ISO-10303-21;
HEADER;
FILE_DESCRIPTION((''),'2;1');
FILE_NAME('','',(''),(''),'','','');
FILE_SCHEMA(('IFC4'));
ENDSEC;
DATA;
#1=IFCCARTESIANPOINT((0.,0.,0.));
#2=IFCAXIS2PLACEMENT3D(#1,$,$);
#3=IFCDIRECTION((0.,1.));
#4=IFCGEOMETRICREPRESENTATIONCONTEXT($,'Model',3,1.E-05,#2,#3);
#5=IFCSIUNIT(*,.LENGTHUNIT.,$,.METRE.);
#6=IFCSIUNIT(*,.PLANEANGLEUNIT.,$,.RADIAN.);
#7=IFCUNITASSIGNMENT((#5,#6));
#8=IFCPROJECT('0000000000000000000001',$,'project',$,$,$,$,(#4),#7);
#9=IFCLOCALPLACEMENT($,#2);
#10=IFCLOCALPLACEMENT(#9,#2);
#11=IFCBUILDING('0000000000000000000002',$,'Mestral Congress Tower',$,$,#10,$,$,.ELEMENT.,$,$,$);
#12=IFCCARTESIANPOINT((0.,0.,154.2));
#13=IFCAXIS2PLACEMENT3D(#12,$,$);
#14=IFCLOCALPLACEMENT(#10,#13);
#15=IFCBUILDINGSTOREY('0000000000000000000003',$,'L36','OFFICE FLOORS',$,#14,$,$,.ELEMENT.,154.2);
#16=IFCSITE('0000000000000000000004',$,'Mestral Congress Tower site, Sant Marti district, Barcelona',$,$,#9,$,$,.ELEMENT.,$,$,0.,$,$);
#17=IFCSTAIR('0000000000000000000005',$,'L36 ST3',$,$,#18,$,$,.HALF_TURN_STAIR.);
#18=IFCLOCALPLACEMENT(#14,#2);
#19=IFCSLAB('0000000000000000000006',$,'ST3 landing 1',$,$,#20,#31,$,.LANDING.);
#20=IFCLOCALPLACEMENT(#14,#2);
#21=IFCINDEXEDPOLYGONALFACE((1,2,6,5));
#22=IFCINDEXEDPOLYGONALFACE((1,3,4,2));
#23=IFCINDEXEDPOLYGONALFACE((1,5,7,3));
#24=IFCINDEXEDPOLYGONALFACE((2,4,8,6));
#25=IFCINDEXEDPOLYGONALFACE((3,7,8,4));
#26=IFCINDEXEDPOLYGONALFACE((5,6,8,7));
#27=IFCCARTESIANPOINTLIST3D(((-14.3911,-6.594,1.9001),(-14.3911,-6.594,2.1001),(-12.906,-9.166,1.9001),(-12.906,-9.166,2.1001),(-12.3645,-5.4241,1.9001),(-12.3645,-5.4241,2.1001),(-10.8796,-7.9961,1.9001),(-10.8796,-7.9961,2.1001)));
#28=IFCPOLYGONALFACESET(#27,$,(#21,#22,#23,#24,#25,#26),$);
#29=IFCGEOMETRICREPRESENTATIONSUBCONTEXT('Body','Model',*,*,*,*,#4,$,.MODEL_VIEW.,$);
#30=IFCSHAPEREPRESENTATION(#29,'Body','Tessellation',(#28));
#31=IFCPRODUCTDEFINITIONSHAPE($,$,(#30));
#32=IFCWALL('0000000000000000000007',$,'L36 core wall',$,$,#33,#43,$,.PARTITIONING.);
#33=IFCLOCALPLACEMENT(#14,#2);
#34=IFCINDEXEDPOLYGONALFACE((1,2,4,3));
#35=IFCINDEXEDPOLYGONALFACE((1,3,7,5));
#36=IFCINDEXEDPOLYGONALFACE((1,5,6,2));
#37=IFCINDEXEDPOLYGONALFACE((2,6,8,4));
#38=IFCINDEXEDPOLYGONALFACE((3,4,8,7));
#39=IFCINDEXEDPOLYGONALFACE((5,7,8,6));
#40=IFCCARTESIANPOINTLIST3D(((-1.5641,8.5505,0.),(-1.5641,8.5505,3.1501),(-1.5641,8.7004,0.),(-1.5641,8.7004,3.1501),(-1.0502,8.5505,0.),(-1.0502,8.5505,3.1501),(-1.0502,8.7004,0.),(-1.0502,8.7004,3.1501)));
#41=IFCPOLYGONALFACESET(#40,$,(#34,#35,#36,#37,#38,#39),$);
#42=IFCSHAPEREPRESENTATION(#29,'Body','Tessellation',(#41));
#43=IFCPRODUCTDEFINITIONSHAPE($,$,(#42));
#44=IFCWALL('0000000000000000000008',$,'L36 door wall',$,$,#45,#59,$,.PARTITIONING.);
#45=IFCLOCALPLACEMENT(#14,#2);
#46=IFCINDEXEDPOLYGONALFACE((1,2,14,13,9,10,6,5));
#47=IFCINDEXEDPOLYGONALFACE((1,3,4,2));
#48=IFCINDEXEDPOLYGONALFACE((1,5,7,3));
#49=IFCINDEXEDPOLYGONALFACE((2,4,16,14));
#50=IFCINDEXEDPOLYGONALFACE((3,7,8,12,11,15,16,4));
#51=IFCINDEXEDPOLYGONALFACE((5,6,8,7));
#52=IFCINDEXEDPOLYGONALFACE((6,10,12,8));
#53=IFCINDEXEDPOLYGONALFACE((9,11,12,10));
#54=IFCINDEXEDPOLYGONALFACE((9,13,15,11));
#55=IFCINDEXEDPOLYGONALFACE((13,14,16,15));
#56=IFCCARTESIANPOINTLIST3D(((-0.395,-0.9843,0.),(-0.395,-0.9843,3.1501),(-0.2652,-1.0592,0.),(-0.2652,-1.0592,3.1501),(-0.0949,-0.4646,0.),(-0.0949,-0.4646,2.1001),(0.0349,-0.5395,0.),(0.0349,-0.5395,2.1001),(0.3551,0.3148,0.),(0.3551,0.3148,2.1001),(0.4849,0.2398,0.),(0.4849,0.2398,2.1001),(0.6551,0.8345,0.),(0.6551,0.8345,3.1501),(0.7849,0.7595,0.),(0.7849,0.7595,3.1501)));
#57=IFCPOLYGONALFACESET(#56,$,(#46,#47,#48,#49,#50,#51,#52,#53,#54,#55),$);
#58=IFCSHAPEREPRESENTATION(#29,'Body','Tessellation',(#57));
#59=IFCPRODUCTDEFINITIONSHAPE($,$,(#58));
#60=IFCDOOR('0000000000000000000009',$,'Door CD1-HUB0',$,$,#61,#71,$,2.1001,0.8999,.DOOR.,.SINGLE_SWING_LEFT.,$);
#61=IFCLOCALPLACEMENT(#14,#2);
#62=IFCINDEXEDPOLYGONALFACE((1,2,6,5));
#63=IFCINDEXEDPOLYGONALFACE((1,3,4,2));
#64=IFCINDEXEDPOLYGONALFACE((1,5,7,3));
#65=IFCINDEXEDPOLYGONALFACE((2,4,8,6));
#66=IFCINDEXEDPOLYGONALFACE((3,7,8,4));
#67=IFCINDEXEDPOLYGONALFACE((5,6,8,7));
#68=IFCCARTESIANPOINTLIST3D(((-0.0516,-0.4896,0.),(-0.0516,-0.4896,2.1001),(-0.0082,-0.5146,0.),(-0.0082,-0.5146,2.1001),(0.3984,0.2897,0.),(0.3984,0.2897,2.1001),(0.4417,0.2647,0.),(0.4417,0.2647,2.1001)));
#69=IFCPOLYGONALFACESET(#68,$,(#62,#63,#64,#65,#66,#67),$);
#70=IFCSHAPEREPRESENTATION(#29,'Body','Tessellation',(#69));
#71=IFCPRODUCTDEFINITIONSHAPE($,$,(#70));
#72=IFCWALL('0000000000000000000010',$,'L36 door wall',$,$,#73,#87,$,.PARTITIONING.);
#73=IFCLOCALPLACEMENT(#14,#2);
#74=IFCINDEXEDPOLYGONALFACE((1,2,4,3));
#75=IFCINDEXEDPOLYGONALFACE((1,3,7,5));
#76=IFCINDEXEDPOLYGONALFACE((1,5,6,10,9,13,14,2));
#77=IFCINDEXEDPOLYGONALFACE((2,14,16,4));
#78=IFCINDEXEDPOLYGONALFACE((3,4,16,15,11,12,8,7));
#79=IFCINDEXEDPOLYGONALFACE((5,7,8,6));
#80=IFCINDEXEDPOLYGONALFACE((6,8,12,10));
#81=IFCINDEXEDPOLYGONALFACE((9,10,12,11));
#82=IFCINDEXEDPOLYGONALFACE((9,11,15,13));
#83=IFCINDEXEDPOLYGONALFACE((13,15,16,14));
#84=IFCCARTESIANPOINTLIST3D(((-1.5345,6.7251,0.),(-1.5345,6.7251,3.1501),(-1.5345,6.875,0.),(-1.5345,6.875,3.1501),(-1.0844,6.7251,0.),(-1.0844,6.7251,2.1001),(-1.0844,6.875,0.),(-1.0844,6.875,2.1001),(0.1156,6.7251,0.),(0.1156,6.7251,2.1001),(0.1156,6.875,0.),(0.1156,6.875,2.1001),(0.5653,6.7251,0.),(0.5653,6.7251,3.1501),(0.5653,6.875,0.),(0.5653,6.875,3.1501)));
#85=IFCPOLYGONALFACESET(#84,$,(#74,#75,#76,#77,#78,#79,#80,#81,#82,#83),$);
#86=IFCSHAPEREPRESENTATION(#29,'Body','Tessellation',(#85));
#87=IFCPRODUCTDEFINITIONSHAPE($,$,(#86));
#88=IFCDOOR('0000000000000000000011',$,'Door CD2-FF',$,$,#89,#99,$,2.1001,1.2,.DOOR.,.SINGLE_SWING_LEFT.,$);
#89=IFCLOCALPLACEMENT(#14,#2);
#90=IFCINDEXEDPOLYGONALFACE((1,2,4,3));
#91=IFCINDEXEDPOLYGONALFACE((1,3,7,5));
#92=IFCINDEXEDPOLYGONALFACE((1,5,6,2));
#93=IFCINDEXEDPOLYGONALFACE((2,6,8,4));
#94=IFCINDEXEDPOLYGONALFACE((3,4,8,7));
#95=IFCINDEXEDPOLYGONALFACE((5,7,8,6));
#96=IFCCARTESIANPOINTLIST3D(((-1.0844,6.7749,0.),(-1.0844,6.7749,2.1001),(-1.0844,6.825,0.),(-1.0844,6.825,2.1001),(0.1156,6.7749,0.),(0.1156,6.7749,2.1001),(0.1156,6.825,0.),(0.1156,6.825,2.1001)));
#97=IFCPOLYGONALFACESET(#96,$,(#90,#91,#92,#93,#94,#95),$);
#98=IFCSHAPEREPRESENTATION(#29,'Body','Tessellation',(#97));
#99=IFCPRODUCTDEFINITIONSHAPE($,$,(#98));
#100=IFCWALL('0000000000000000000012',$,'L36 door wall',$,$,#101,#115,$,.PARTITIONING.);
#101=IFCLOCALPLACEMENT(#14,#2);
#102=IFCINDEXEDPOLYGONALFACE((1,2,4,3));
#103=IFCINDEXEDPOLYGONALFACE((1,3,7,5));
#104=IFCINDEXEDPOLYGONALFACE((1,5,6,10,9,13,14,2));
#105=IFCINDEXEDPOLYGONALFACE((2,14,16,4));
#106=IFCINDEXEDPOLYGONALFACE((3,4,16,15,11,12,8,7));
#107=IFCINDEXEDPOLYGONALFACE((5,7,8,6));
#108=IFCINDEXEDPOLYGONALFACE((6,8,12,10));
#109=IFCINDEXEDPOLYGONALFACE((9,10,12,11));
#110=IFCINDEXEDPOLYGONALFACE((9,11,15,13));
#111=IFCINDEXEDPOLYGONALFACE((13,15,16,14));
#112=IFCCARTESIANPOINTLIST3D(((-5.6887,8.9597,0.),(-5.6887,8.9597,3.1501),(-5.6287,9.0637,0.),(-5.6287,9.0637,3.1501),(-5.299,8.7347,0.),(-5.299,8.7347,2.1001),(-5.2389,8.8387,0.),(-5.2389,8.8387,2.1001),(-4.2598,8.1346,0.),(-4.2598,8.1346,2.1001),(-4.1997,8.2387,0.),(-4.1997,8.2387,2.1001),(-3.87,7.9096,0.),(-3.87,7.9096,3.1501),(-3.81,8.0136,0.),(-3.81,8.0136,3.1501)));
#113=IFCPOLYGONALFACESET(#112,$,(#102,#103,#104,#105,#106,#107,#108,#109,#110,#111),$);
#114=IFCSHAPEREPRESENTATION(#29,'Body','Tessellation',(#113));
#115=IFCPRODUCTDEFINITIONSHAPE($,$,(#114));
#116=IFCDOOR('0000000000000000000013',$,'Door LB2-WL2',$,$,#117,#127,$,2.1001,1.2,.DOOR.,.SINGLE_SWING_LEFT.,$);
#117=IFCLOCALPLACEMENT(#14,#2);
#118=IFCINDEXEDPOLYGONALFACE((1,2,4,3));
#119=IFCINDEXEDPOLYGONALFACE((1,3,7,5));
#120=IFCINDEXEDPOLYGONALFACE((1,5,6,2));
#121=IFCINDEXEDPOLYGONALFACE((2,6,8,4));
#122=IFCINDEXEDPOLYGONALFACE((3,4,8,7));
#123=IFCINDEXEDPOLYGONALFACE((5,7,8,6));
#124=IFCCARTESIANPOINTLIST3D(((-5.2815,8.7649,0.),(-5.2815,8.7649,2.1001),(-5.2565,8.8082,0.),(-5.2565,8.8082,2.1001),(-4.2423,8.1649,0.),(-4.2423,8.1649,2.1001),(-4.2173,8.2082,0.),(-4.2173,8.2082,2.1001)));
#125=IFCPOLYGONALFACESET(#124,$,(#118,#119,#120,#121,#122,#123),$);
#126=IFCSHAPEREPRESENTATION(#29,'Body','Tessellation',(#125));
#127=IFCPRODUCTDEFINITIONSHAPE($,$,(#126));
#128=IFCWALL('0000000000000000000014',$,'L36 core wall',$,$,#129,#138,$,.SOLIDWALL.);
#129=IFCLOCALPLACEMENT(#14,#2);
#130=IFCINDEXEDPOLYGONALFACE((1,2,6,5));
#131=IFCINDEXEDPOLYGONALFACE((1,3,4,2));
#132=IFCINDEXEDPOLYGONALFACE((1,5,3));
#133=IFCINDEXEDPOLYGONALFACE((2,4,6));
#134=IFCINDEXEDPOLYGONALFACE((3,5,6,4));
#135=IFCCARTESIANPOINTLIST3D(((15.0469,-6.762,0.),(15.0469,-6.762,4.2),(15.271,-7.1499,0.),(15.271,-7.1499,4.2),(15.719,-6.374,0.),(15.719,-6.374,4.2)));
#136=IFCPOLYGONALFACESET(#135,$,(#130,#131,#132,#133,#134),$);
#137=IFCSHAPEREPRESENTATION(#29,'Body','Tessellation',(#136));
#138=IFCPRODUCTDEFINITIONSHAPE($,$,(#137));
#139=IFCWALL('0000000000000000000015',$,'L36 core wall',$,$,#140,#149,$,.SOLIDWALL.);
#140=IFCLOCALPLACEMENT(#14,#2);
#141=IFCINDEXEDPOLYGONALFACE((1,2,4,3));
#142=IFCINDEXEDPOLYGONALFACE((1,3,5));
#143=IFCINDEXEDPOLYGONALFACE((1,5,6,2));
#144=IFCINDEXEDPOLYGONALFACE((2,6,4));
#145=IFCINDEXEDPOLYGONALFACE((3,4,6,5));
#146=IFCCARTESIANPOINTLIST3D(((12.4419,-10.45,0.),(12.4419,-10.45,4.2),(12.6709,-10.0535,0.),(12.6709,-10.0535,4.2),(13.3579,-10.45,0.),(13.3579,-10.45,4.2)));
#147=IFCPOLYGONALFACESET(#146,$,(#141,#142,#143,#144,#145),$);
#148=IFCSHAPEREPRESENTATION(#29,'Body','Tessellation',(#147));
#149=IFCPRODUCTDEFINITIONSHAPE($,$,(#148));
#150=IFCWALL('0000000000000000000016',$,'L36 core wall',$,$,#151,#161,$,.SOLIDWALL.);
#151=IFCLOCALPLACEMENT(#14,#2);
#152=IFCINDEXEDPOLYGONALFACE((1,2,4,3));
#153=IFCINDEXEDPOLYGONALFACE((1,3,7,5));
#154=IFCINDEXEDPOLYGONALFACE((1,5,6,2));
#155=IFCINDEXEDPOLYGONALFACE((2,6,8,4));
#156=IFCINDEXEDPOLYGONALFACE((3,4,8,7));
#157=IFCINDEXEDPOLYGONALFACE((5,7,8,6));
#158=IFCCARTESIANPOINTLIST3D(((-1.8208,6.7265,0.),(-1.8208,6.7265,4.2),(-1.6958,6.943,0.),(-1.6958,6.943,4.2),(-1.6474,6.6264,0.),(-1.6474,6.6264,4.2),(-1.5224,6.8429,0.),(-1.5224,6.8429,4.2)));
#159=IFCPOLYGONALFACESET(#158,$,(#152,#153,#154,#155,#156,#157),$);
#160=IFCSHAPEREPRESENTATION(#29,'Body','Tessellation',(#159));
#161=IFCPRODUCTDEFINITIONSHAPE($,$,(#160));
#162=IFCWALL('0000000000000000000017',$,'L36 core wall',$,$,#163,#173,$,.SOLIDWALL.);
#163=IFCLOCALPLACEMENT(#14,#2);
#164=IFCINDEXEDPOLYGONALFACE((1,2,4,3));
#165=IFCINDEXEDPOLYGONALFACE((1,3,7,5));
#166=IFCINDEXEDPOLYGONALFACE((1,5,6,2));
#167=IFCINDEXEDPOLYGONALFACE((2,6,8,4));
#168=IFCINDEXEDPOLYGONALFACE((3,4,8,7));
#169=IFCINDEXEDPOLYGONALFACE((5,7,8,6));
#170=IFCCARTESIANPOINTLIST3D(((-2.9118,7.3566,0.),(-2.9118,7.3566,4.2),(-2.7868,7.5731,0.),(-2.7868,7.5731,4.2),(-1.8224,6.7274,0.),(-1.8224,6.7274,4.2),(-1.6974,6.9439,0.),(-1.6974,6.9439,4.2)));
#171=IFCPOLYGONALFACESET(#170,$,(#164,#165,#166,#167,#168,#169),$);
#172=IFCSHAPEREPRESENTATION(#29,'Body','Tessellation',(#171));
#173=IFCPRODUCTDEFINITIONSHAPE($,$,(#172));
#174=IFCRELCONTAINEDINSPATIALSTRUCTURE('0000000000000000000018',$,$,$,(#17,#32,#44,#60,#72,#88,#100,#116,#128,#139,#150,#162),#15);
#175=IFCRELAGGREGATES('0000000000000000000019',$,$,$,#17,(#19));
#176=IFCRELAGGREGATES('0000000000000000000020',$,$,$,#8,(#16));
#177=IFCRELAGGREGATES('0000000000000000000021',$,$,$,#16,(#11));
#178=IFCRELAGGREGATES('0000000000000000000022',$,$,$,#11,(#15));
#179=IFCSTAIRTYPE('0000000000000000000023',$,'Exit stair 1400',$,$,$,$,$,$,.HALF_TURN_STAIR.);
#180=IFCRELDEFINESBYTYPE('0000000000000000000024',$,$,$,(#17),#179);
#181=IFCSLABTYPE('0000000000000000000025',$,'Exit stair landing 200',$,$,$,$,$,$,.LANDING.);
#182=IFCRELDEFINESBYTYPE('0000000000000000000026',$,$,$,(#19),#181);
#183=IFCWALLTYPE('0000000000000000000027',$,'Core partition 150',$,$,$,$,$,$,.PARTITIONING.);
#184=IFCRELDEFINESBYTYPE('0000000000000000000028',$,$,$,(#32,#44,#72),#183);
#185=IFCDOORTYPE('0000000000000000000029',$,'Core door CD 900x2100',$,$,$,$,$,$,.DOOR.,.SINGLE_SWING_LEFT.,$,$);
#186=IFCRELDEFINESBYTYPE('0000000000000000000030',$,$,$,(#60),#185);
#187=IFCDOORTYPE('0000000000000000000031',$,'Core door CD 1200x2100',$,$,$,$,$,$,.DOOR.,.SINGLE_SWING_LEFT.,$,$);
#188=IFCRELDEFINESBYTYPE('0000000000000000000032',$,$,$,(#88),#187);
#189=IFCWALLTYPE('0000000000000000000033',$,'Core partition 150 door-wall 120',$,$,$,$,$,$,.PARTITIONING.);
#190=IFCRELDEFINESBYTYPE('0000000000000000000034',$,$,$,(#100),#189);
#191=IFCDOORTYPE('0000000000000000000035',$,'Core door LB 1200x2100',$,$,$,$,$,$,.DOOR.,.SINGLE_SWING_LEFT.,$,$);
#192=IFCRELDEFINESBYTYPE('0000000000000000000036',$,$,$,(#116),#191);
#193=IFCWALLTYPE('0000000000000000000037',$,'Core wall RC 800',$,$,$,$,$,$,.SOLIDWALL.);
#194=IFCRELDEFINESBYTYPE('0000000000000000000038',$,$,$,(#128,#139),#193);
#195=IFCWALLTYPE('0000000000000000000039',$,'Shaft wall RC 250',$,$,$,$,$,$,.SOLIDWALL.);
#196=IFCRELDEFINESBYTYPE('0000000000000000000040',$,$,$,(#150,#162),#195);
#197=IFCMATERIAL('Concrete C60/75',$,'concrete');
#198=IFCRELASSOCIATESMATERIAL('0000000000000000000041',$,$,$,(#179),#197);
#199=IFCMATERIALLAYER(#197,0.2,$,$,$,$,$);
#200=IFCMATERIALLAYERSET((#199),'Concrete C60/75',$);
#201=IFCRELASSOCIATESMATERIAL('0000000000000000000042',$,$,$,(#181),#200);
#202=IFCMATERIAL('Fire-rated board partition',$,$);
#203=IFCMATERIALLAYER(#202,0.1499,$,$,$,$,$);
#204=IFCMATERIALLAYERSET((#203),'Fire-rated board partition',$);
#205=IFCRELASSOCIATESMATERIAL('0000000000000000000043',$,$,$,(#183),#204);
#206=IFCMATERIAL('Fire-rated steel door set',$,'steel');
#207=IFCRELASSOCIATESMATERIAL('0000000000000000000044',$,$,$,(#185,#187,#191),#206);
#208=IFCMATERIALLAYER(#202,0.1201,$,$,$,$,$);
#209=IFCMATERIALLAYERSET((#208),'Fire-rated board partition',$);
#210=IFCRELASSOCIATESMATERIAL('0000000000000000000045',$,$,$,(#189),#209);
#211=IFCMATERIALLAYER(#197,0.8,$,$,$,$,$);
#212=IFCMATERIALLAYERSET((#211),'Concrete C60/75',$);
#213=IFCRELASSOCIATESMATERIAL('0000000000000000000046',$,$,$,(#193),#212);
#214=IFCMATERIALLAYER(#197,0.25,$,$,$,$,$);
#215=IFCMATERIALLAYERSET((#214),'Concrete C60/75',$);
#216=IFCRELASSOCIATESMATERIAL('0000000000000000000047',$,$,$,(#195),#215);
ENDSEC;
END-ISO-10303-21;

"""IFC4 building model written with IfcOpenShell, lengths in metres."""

from ifc_helpers import new_model, si_unit, direction, frame, frame_2d, origin, place, context, subcontext, project, spatial, polyline, rectangle, outline, extrude, material, layer, layer_set, type_object, element, fill, aggregate, save


model = new_model("IFC4")

# Units and contexts
model_context = context("Model", 3, precision=1e-05, world=origin(), true_north=direction((0.0, 1.0)))
body_context = subcontext(model_context, "Body", "Model", "MODEL_VIEW")
ifc_project = project(units=[si_unit("LENGTHUNIT", "METRE"), si_unit("PLANEANGLEUNIT", "RADIAN")], contexts=[model_context])

# Site, building, storey
site_placement = place(None, origin())
site = spatial("IfcSite", under=ifc_project, at=site_placement, Name="Mestral Congress Tower site, Sant Marti district, Barcelona", CompositionType="ELEMENT", RefElevation=0.0)
building_placement = place(site_placement, origin())
building = spatial("IfcBuilding", under=site, at=building_placement, Name="Mestral Congress Tower", CompositionType="ELEMENT")
storey_placement = place(building_placement, frame((0.0, 0.0, 154.2)))
storey = spatial("IfcBuildingStorey", under=building, at=storey_placement, Name="L36", Description="OFFICE FLOORS", CompositionType="ELEMENT", Elevation=154.2)

# Shared definitions
ifc_material_1 = material(Name="Concrete C60/75", Category="concrete")

# Stair, slab
stair_type = type_object("IfcStairType", Name="Exit stair 1400", PredefinedType="HALF_TURN_STAIR", material=ifc_material_1)
placement_1 = place(storey_placement, origin())
ifc_layer_1 = layer(ifc_material_1, 0.2)
ifc_layer_set_1 = layer_set([ifc_layer_1], Name="Concrete C60/75")
slab_type_1 = type_object("IfcSlabType", Name="Exit stair landing 200", PredefinedType="LANDING", material=ifc_layer_set_1)
placement_2 = place(storey_placement, frame((0.0, 0.0, 1.9001)))
stair_1 = element("IfcStair", 1, at=placement_1, inside=storey, type_object=stair_type, Name="L36 ST3", PredefinedType="HALF_TURN_STAIR")
slab_1 = element("IfcSlab", 2, at=placement_2, type_object=slab_type_1, Name="ST3 landing 1", PredefinedType="LANDING", context=body_context, shape_type="SweptSolid", body=[
    extrude(outline(polyline([(-12.3645, -5.4241), (-10.8796, -7.9961), (-12.906, -9.166), (-14.3911, -6.594), (-12.3645, -5.4241)])), origin(), (0.0, 0.0, 1.0), 0.2),
])
aggregate(stair_1, [slab_1])

# Wall
ifc_material_2 = material(Name="Fire-rated board partition")
ifc_layer_2 = layer(ifc_material_2, 0.1499)
ifc_layer_set_2 = layer_set([ifc_layer_2], Name="Fire-rated board partition")
wall_type_1 = type_object("IfcWallType", Name="Core partition 150", PredefinedType="PARTITIONING", material=ifc_layer_set_2)
wall_1_placement = place(storey_placement, frame((-1.564, 8.6255, 0.0), z_axis=(0.0, 0.0, 1.0), x_axis=(1.0, 0.0, 0.0)))
element("IfcWall", 3, at=wall_1_placement, inside=storey, type_object=wall_type_1, Name="L36 core wall", PredefinedType="PARTITIONING", context=body_context, shape_type="SweptSolid", body=[
    extrude(rectangle(XDim=0.5139, YDim=0.1499, at=frame_2d((0.2568, 0.0))), origin(), (0.0, 0.0, 1.0), 3.1501),
])

# Walls, openings, doors
wall_2_placement = place(storey_placement, frame((-0.3301, -1.0217, 0.0), z_axis=(0.0, 0.0, 1.0), x_axis=(0.500028, 0.866009, 0.0)))
wall_2 = element("IfcWall", 4, at=wall_2_placement, inside=storey, type_object=wall_type_1, Name="L36 door wall", PredefinedType="PARTITIONING", context=body_context, shape_type="SweptSolid", body=[
    extrude(rectangle(XDim=2.1001, YDim=0.1499, at=frame_2d((1.05, 0.0))), origin(), (0.0, 0.0, 1.0), 3.1501),
])
opening_1_placement = place(wall_2_placement, frame((0.6001, 0.0, 0.0)))
opening_1 = element("IfcOpeningElement", 5, at=opening_1_placement, cuts=wall_2, PredefinedType="OPENING", context=body_context, shape_type="SweptSolid", body=[
    extrude(rectangle(XDim=0.8999, YDim=2.1001, at=frame_2d((0.45, 1.05))), frame((0.0, 0.085, 0.0), z_axis=(0.0, -1.0, 0.0), x_axis=(1.0, 0.0, 0.0)), (0.0, 0.0, 1.0), 0.1699),
])
ifc_material_3 = material(Name="Fire-rated steel door set", Category="steel")
door_type_1 = type_object("IfcDoorType", Name="Core door CD 900x2100", OperationType="SINGLE_SWING_LEFT", PredefinedType="DOOR", material=ifc_material_3)
door_1_placement = place(opening_1_placement, origin())
door_1 = element("IfcDoor", 6, at=door_1_placement, inside=storey, type_object=door_type_1, Name="Door CD1-HUB0", OperationType="SINGLE_SWING_LEFT", OverallHeight=2.1001, OverallWidth=0.8999, PredefinedType="DOOR", context=body_context, shape_type="SweptSolid", body=[
    extrude(rectangle(XDim=0.8999, YDim=2.1001, at=frame_2d((0.45, 1.05))), frame((0.0, 0.0249, 0.0), z_axis=(0.0, -1.0, 0.0), x_axis=(1.0, 0.0, 0.0)), (0.0, 0.0, 1.0), 0.05),
])
fill(opening_1, door_1)
wall_3_placement = place(storey_placement, frame((-1.5344, 6.8, 0.0), z_axis=(0.0, 0.0, 1.0), x_axis=(1.0, 0.0, 0.0)))
wall_3 = element("IfcWall", 7, at=wall_3_placement, inside=storey, type_object=wall_type_1, Name="L36 door wall", PredefinedType="PARTITIONING", context=body_context, shape_type="SweptSolid", body=[
    extrude(rectangle(XDim=2.0999, YDim=0.1499, at=frame_2d((1.0498, 0.0))), origin(), (0.0, 0.0, 1.0), 3.1501),
])
opening_2_placement = place(wall_3_placement, frame((0.45, 0.0, 0.0)))
opening_2 = element("IfcOpeningElement", 8, at=opening_2_placement, cuts=wall_3, PredefinedType="OPENING", context=body_context, shape_type="SweptSolid", body=[
    extrude(rectangle(XDim=1.2, YDim=2.1001, at=frame_2d((0.6001, 1.05))), frame((0.0, 0.085, 0.0), z_axis=(0.0, -1.0, 0.0), x_axis=(1.0, 0.0, 0.0)), (0.0, 0.0, 1.0), 0.1699),
])
door_type_2 = type_object("IfcDoorType", Name="Core door CD 1200x2100", OperationType="SINGLE_SWING_LEFT", PredefinedType="DOOR", material=ifc_material_3)
door_2_placement = place(opening_2_placement, origin())
door_2 = element("IfcDoor", 9, at=door_2_placement, inside=storey, type_object=door_type_2, Name="Door CD2-FF", OperationType="SINGLE_SWING_LEFT", OverallHeight=2.1001, OverallWidth=1.2, PredefinedType="DOOR", context=body_context, shape_type="SweptSolid", body=[
    extrude(rectangle(XDim=1.2, YDim=2.1001, at=frame_2d((0.6001, 1.05))), frame((0.0, 0.0249, 0.0), z_axis=(0.0, -1.0, 0.0), x_axis=(1.0, 0.0, 0.0)), (0.0, 0.0, 1.0), 0.05),
])
fill(opening_2, door_2)
ifc_layer_3 = layer(ifc_material_2, 0.1201)
ifc_layer_set_3 = layer_set([ifc_layer_3], Name="Fire-rated board partition")
wall_type_2 = type_object("IfcWallType", Name="Core partition 150 door-wall 120", PredefinedType="PARTITIONING", material=ifc_layer_set_3)
wall_4_placement = place(storey_placement, frame((-5.6587, 9.0117, 0.0), z_axis=(0.0, 0.0, 1.0), x_axis=(0.866009, -0.500028, 0.0)))
wall_4 = element("IfcWall", 10, at=wall_4_placement, inside=storey, type_object=wall_type_2, Name="L36 door wall", PredefinedType="PARTITIONING", context=body_context, shape_type="SweptSolid", body=[
    extrude(rectangle(XDim=2.1001, YDim=0.1201, at=frame_2d((1.05, 0.0))), origin(), (0.0, 0.0, 1.0), 3.1501),
])
opening_3_placement = place(wall_4_placement, frame((0.45, 0.0, 0.0)))
opening_3 = element("IfcOpeningElement", 11, at=opening_3_placement, cuts=wall_4, PredefinedType="OPENING", context=body_context, shape_type="SweptSolid", body=[
    extrude(rectangle(XDim=1.2, YDim=2.1001, at=frame_2d((0.6001, 1.05))), frame((0.0, 0.0701, 0.0), z_axis=(0.0, -1.0, 0.0), x_axis=(1.0, 0.0, 0.0)), (0.0, 0.0, 1.0), 0.1401),
])
door_type_3 = type_object("IfcDoorType", Name="Core door LB 1200x2100", OperationType="SINGLE_SWING_LEFT", PredefinedType="DOOR", material=ifc_material_3)
door_3_placement = place(opening_3_placement, origin())
door_3 = element("IfcDoor", 12, at=door_3_placement, inside=storey, type_object=door_type_3, Name="Door LB2-WL2", OperationType="SINGLE_SWING_LEFT", OverallHeight=2.1001, OverallWidth=1.2, PredefinedType="DOOR", context=body_context, shape_type="SweptSolid", body=[
    extrude(rectangle(XDim=1.2, YDim=2.1001, at=frame_2d((0.6001, 1.05))), frame((0.0, 0.0249, 0.0), z_axis=(0.0, -1.0, 0.0), x_axis=(1.0, 0.0, 0.0)), (0.0, 0.0, 1.0), 0.05),
])
fill(opening_3, door_3)

# Walls
ifc_layer_4 = layer(ifc_material_1, 0.8)
ifc_layer_set_4 = layer_set([ifc_layer_4], Name="Concrete C60/75")
wall_type_3 = type_object("IfcWallType", Name="Core wall RC 800", PredefinedType="SOLIDWALL", material=ifc_layer_set_4)
element("IfcWall", 13, at=placement_1, inside=storey, type_object=wall_type_3, Name="L36 core wall", PredefinedType="SOLIDWALL", context=body_context, shape_type="SweptSolid", body=[
    extrude(outline(polyline([(15.271, -7.1499), (15.0469, -6.762), (15.719, -6.374), (15.271, -7.1499)])), origin(), (0.0, 0.0, 1.0), 4.2),
])
element("IfcWall", 14, at=placement_1, inside=storey, type_object=wall_type_3, Name="L36 core wall", PredefinedType="SOLIDWALL", context=body_context, shape_type="SweptSolid", body=[
    extrude(outline(polyline([(12.4419, -10.45), (12.6709, -10.0535), (13.3579, -10.45), (12.4419, -10.45)])), origin(), (0.0, 0.0, 1.0), 4.2),
])
ifc_layer_5 = layer(ifc_material_1, 0.25)
ifc_layer_set_5 = layer_set([ifc_layer_5], Name="Concrete C60/75")
wall_type_4 = type_object("IfcWallType", Name="Shaft wall RC 250", PredefinedType="SOLIDWALL", material=ifc_layer_set_5)
wall_5_placement = place(storey_placement, frame((-1.7583, 6.8347, 0.0), z_axis=(0.0, 0.0, 1.0), x_axis=(0.865982, -0.500074, 0.0)))
element("IfcWall", 15, at=wall_5_placement, inside=storey, type_object=wall_type_4, Name="L36 core wall", PredefinedType="SOLIDWALL", context=body_context, shape_type="SweptSolid", body=[
    extrude(rectangle(XDim=0.2002, YDim=0.25, at=frame_2d((0.1001, 0.0))), origin(), (0.0, 0.0, 1.0), 4.2),
])
wall_6_placement = place(storey_placement, frame((-1.76, 6.8357, 0.0), z_axis=(0.0, 0.0, 1.0), x_axis=(-0.865953, 0.500126, 0.0)))
element("IfcWall", 16, at=wall_6_placement, inside=storey, type_object=wall_type_4, Name="L36 core wall", PredefinedType="SOLIDWALL", context=body_context, shape_type="SweptSolid", body=[
    extrude(rectangle(XDim=1.2581, YDim=0.25, at=frame_2d((0.6289, 0.0))), origin(), (0.0, 0.0, 1.0), 4.2),
])

save(model, "model.ifc")
